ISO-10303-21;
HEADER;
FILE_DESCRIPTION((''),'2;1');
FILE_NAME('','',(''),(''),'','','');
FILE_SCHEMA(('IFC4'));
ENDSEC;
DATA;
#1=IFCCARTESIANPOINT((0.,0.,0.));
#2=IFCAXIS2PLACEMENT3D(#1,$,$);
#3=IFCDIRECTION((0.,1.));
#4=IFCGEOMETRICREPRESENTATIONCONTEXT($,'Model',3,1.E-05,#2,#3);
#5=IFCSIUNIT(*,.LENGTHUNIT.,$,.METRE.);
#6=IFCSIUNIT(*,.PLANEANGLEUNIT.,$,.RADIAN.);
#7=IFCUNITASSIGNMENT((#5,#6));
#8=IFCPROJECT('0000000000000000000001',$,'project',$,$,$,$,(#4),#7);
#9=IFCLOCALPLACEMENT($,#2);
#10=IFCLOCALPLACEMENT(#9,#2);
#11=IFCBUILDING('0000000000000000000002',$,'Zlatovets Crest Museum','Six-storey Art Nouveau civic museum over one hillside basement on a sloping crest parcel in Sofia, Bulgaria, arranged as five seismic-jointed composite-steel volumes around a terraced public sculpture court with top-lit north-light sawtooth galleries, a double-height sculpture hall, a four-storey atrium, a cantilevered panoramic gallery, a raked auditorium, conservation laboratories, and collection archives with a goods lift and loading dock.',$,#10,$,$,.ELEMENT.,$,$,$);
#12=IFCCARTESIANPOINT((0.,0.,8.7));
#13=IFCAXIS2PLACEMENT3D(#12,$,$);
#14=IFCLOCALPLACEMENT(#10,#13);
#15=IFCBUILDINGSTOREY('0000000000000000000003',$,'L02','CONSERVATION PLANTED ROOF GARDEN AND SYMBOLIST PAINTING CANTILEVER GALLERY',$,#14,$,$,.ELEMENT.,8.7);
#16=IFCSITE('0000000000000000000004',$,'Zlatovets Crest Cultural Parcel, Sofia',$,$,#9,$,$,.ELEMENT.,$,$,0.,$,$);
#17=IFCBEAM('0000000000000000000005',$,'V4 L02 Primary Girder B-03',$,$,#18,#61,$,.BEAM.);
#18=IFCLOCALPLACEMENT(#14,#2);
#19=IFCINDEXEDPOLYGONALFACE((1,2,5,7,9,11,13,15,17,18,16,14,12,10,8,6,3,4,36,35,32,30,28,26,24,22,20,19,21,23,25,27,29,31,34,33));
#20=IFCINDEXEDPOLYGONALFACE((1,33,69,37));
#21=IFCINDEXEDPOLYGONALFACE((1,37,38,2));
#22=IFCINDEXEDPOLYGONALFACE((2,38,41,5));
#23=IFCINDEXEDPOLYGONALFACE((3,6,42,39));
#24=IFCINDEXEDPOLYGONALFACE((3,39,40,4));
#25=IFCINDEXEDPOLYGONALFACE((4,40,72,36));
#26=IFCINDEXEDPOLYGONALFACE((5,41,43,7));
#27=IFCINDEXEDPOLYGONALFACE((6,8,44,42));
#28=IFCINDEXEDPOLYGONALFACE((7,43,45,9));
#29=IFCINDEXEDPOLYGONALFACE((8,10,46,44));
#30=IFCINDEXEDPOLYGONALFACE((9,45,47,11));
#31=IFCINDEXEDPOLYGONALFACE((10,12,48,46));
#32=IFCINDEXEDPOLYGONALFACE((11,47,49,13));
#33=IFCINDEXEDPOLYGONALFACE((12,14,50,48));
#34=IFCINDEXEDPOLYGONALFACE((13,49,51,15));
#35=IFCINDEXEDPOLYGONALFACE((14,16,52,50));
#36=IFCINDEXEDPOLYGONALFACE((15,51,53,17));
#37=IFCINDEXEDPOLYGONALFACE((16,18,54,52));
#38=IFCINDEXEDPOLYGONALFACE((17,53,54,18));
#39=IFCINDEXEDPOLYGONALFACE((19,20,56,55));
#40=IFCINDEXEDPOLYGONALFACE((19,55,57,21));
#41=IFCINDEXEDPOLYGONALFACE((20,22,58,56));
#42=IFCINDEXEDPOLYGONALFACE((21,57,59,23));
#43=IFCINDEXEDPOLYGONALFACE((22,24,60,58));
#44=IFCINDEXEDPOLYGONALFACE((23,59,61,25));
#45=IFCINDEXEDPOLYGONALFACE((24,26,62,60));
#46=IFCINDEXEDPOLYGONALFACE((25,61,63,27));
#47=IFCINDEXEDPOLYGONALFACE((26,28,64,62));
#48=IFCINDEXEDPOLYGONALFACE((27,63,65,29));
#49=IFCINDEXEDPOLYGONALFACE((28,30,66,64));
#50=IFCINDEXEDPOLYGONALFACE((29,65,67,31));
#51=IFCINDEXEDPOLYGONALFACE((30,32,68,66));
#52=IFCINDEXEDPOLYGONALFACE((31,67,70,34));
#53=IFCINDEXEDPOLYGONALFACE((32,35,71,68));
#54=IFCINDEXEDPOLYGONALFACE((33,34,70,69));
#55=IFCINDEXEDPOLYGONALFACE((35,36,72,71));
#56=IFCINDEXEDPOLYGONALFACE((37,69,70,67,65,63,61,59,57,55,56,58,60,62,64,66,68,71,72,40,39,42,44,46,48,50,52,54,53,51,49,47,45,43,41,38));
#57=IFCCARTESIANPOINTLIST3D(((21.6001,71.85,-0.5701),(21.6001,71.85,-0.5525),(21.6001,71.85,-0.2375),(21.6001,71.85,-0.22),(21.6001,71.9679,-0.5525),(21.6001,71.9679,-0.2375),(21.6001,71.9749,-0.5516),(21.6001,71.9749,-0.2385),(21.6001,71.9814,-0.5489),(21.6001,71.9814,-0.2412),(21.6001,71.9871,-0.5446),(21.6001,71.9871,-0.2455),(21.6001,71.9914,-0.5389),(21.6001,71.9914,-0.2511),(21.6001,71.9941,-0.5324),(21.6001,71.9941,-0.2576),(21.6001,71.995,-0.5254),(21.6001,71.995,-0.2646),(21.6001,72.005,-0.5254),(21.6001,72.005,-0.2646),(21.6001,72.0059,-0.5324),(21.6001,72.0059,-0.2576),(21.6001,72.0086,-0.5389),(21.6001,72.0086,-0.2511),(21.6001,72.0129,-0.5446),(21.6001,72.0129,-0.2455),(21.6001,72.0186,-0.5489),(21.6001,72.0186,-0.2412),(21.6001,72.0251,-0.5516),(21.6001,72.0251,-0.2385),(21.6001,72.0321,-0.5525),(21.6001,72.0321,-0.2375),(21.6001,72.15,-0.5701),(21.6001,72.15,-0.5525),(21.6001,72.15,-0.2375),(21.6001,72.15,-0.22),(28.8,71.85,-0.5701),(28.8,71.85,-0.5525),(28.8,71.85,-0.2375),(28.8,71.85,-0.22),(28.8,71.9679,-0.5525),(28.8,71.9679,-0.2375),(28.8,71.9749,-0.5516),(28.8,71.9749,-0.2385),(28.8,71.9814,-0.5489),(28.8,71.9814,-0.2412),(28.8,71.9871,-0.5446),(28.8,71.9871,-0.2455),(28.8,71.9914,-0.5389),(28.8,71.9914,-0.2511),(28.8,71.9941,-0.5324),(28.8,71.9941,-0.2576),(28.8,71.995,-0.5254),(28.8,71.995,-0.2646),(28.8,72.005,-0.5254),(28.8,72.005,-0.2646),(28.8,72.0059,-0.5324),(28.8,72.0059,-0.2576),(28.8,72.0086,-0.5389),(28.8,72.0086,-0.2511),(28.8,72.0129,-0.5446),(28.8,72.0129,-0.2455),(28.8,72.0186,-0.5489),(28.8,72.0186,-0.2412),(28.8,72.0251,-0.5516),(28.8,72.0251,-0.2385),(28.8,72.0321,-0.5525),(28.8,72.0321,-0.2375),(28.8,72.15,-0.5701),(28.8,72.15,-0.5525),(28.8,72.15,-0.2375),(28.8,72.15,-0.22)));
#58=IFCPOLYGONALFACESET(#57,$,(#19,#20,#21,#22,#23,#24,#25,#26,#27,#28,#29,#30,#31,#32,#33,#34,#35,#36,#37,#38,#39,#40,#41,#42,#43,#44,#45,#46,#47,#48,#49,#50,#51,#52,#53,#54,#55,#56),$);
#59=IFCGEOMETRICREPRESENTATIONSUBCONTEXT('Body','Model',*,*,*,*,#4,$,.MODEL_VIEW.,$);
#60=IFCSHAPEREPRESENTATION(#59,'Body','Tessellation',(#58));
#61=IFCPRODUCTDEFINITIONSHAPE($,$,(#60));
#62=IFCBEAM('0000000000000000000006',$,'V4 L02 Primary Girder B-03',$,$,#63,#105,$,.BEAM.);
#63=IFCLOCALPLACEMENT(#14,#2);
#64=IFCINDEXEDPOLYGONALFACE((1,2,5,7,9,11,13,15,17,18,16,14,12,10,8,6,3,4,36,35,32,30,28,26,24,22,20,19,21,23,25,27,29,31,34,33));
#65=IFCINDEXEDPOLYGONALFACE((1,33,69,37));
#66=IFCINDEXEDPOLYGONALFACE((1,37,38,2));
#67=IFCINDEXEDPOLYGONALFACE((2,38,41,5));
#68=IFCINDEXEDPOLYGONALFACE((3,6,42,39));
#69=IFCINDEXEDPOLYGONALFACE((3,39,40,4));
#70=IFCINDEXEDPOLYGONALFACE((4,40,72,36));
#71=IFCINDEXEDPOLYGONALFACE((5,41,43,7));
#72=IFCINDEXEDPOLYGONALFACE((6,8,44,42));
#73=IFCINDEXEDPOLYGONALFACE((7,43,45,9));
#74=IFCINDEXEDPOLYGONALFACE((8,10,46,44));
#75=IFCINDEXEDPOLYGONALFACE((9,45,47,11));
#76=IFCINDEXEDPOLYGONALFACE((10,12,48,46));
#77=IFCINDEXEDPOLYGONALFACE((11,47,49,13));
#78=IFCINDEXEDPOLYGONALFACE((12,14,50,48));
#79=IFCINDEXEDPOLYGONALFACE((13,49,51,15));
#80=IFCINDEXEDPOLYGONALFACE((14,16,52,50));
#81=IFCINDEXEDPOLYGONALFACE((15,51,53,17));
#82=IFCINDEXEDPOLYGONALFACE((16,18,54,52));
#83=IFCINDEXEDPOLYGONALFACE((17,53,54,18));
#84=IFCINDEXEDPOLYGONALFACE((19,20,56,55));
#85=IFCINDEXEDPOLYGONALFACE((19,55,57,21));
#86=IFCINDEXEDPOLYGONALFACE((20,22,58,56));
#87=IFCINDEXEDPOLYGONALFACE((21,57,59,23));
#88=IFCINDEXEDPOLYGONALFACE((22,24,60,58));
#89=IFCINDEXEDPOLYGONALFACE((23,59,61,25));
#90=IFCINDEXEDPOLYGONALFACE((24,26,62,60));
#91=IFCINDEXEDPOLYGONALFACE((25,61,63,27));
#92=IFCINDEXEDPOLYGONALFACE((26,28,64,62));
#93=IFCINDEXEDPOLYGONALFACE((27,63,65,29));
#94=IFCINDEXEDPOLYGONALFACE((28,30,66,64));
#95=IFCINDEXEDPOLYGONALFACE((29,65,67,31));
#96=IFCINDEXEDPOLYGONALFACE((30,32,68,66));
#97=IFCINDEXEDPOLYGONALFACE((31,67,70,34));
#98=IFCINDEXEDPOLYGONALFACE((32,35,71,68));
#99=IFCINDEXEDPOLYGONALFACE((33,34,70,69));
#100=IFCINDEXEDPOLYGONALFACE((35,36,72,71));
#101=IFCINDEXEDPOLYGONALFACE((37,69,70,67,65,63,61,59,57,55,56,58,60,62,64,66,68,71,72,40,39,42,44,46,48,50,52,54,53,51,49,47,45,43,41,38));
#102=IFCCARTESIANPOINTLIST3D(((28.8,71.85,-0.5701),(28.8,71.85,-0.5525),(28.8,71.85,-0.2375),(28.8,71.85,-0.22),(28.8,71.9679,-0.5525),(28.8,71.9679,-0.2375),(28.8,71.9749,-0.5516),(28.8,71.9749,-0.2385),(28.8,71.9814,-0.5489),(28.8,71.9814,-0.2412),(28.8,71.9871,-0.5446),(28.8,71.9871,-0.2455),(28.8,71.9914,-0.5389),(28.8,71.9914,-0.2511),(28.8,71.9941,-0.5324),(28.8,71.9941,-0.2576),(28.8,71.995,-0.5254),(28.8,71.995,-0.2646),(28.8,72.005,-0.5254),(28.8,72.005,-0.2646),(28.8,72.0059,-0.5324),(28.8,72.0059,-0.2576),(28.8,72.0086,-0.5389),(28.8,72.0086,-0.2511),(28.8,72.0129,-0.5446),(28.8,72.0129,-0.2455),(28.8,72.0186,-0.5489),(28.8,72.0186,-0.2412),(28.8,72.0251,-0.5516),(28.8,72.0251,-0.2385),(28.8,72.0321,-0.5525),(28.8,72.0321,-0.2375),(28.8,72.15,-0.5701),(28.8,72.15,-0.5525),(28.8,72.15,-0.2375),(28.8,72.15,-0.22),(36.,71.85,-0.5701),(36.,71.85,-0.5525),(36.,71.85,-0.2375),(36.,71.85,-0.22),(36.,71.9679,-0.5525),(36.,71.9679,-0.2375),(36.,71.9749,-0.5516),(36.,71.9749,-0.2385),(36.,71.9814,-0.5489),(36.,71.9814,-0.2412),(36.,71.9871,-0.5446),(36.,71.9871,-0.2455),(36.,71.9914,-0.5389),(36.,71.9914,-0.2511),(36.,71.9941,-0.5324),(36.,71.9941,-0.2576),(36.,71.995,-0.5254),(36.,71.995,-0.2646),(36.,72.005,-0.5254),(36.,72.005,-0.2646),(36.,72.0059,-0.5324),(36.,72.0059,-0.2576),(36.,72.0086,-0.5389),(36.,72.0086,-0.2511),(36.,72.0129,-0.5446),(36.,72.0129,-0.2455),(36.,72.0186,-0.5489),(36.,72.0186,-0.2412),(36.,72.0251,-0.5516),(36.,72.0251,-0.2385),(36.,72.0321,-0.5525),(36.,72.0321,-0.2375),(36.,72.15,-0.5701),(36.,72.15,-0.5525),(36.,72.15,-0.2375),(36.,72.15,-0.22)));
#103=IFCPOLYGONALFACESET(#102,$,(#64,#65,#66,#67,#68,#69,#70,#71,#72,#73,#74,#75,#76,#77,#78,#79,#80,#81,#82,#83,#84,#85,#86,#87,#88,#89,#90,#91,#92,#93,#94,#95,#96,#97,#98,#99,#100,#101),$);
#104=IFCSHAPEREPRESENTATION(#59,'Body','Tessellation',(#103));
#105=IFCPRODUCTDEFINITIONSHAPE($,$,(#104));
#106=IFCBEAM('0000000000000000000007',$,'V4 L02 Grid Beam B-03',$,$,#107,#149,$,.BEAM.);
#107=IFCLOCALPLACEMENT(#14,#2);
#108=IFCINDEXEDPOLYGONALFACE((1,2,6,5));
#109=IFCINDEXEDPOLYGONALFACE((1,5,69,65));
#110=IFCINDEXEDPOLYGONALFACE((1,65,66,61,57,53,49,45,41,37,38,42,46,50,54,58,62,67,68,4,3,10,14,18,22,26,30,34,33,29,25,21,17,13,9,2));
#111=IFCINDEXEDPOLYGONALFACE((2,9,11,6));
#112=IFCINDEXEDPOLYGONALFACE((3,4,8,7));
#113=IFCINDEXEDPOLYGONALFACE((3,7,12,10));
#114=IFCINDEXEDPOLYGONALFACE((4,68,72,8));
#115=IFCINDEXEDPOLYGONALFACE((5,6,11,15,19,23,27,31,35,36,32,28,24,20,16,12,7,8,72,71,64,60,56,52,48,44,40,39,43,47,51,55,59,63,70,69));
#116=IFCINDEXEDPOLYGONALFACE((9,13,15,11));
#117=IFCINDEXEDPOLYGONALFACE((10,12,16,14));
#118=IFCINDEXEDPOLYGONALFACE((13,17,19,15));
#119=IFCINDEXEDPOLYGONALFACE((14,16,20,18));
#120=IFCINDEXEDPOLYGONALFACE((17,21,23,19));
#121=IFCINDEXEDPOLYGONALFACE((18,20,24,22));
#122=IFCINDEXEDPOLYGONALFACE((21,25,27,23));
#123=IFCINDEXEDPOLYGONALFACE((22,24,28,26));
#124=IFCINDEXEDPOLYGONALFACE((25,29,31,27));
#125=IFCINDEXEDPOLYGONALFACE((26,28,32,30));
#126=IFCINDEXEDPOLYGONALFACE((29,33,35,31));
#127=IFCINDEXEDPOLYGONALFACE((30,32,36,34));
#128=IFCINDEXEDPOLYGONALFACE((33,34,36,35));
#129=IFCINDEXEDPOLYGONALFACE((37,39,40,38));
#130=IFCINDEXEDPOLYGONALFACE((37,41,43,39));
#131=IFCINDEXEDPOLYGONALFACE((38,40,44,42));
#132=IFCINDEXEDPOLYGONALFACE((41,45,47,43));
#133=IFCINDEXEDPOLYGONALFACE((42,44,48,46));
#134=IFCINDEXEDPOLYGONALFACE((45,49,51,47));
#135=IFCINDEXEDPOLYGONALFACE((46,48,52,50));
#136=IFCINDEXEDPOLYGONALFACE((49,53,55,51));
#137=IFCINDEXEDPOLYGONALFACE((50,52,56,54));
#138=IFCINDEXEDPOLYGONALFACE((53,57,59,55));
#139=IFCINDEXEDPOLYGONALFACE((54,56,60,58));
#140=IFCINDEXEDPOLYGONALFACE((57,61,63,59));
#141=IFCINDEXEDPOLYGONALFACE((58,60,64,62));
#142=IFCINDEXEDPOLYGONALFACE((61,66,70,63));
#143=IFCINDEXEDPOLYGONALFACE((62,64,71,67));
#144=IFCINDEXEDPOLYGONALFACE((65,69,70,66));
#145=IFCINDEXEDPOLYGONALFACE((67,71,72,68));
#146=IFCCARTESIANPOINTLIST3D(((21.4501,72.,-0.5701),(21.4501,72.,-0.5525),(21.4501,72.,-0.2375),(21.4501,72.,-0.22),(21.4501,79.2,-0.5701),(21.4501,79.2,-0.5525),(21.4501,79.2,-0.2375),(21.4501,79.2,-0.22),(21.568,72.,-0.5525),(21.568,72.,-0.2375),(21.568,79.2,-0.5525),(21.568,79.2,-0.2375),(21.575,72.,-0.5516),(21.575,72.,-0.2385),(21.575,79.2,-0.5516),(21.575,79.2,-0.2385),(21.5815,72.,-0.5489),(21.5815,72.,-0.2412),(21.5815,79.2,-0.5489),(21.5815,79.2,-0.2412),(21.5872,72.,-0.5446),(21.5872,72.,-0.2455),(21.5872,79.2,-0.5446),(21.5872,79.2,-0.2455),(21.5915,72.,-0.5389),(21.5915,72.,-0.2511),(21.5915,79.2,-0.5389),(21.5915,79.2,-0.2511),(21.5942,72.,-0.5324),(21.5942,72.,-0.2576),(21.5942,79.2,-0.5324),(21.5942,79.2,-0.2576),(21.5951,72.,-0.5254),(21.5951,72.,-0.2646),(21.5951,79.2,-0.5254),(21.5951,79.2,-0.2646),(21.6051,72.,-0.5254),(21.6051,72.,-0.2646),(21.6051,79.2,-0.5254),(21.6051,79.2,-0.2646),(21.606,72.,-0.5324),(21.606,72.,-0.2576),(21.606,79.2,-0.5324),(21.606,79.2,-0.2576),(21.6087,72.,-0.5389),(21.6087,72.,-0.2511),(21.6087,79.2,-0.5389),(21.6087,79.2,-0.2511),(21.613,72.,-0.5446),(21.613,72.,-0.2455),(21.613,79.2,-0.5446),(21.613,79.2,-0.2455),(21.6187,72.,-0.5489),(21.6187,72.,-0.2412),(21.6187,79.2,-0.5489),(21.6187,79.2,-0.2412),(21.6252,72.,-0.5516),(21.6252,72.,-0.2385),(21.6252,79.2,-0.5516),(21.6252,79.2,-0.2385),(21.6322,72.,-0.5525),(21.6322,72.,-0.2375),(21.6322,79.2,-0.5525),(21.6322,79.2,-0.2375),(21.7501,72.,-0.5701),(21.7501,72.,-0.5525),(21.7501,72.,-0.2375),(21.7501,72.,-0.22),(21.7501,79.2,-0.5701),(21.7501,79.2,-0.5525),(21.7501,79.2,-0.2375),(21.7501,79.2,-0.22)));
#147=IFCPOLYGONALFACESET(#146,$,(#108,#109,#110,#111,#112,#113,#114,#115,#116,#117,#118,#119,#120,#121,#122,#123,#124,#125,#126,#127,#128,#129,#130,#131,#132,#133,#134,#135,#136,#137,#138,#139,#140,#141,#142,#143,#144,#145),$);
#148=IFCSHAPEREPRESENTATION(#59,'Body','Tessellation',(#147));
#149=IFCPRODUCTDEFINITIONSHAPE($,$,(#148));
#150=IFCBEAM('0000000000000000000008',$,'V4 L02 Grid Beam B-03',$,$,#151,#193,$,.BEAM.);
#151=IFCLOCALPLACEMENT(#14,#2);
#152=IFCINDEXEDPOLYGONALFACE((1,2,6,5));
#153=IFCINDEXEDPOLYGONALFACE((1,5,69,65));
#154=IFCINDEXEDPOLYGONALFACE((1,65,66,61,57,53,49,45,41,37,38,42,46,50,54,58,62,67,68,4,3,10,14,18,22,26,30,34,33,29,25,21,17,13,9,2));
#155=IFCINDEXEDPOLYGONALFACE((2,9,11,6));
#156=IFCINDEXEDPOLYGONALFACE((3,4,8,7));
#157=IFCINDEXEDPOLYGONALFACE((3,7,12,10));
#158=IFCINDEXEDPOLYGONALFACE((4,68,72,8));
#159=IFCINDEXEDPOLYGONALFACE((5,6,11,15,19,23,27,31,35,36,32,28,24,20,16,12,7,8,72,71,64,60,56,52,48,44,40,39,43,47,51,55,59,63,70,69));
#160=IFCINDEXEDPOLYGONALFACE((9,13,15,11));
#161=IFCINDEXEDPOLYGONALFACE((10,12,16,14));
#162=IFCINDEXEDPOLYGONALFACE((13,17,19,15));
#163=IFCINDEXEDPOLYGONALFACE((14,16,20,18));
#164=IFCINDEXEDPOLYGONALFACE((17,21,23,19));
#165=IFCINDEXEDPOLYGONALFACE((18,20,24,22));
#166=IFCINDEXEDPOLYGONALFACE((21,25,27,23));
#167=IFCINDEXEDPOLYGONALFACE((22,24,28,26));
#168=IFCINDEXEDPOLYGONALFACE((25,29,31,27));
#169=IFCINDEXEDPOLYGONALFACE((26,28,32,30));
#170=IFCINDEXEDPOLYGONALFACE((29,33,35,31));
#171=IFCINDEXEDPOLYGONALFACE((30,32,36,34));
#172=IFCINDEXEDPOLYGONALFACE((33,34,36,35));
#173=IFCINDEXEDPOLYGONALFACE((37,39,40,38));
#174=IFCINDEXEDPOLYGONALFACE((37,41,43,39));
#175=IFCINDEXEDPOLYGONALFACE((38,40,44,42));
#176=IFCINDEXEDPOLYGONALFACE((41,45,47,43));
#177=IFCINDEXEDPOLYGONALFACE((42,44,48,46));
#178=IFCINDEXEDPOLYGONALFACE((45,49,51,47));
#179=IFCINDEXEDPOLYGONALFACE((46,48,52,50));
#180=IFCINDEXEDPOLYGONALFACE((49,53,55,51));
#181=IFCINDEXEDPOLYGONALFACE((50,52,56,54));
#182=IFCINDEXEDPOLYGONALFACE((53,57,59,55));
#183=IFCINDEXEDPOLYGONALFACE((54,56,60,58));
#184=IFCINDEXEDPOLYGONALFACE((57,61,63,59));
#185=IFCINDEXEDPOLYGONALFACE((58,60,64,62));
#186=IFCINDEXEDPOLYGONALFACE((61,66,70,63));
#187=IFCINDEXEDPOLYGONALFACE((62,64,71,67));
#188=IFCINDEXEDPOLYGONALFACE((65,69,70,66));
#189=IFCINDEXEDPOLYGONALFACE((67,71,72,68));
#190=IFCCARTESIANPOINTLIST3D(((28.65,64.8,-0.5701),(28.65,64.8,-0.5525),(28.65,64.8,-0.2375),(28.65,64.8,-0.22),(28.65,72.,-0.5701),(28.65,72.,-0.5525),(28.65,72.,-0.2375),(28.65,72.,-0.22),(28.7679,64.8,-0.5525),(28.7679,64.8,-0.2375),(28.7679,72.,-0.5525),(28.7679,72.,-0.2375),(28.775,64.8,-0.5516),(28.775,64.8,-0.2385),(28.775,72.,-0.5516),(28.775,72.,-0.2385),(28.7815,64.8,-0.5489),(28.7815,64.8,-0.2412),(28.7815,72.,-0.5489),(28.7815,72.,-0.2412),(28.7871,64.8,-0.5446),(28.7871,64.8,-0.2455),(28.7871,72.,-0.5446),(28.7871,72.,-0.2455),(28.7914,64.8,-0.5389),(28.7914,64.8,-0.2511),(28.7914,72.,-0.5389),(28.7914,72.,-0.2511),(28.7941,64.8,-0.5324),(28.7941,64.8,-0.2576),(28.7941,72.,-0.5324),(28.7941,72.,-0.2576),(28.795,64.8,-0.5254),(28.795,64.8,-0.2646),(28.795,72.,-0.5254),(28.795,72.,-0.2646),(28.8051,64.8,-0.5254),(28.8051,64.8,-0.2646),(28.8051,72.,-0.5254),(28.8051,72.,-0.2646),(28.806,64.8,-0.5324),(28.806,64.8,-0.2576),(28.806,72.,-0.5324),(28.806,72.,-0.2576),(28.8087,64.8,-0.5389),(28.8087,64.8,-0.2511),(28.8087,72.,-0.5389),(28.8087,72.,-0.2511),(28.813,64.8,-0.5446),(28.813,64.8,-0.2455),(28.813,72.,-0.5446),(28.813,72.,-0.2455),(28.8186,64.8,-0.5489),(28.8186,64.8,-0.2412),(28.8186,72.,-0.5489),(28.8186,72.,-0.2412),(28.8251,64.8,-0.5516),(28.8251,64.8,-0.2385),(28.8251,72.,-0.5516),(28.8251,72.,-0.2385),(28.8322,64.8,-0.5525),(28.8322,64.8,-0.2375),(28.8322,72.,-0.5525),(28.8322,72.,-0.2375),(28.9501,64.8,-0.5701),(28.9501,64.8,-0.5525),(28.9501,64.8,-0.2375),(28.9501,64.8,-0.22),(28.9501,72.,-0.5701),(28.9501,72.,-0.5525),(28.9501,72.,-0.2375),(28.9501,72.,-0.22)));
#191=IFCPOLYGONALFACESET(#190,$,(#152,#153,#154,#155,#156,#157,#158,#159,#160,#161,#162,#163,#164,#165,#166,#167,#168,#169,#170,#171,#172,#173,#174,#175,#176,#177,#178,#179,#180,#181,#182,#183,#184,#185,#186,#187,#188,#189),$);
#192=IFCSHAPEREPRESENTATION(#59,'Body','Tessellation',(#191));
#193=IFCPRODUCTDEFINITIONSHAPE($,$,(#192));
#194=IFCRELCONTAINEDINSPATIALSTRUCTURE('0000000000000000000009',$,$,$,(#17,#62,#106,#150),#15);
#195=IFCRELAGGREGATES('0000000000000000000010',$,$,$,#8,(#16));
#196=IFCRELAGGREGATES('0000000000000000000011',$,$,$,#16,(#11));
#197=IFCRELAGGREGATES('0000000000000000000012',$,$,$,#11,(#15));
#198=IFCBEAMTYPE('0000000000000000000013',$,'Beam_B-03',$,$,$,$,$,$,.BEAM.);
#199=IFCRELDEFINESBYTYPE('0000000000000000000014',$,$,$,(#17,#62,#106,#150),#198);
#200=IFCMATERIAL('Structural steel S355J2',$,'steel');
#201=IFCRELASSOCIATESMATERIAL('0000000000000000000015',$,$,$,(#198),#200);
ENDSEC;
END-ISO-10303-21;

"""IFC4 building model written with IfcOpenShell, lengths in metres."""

from ifc_helpers import new_model, si_unit, direction, frame, origin, origin_2d, place, context, subcontext, project, spatial, i_section, extrude, material, material_profile, profile_set, type_object, element, save


model = new_model("IFC4")

# Units and contexts
model_context = context("Model", 3, precision=1e-05, world=origin(), true_north=direction((0.0, 1.0)))
body_context = subcontext(model_context, "Body", "Model", "MODEL_VIEW")
ifc_project = project(units=[si_unit("LENGTHUNIT", "METRE"), si_unit("PLANEANGLEUNIT", "RADIAN")], contexts=[model_context])

# Site, building, storey
site_placement = place(None, origin())
site = spatial("IfcSite", under=ifc_project, at=site_placement, Name="Zlatovets Crest Cultural Parcel, Sofia", CompositionType="ELEMENT", RefElevation=0.0)
building_placement = place(site_placement, origin())
building = spatial("IfcBuilding", under=site, at=building_placement, Name="Zlatovets Crest Museum", Description="Six-storey Art Nouveau civic museum over one hillside basement on a sloping crest parcel in Sofia, Bulgaria, arranged as five seismic-jointed composite-steel volumes around a terraced public sculpture court with top-lit north-light sawtooth galleries, a double-height sculpture hall, a four-storey atrium, a cantilevered panoramic gallery, a raked auditorium, conservation laboratories, and collection archives with a goods lift and loading dock.", CompositionType="ELEMENT")
storey_placement = place(building_placement, frame((0.0, 0.0, 8.7)))
storey = spatial("IfcBuildingStorey", under=building, at=storey_placement, Name="L02", Description="CONSERVATION PLANTED ROOF GARDEN AND SYMBOLIST PAINTING CANTILEVER GALLERY", CompositionType="ELEMENT", Elevation=8.7)

# Shared definitions
ifc_material_1 = material(Name="Structural steel S355J2", Category="steel")

# Beams
ifc_material_profile_1 = material_profile(ifc_material_1, i_section(OverallWidth=0.3, OverallDepth=0.3501, WebThickness=0.01, FlangeThickness=0.0176, FilletRadius=0.0271, at=origin_2d()), Name="HEA 360")
ifc_profile_set_1 = profile_set([ifc_material_profile_1], Name="Structural steel S355J2")
beam_type_1 = type_object("IfcBeamType", Name="Beam_B-03", PredefinedType="BEAM", material=ifc_profile_set_1)
for number, where, z_axis, x_axis, name in (
    (1, (21.6001, 72.0, -0.395), (1.0, 0.0, 0.0), (0.0, 1.0, 0.0), "V4 L02 Primary Girder B-03"),
    (2, (28.8, 72.0, -0.395), (1.0, 0.0, 0.0), (0.0, 1.0, 0.0), "V4 L02 Primary Girder B-03"),
    (3, (21.6001, 72.0, -0.395), (0.0, 1.0, 0.0), (-1.0, 0.0, 0.0), "V4 L02 Grid Beam B-03"),
    (4, (28.8, 64.8, -0.395), (0.0, 1.0, 0.0), (-1.0, 0.0, 0.0), "V4 L02 Grid Beam B-03"),
):
    element("IfcBeam", number, at=place(storey_placement, frame(where, z_axis=z_axis, x_axis=x_axis)), inside=storey, type_object=beam_type_1, Name=name, PredefinedType="BEAM", context=body_context, shape_type="SweptSolid", body=[
        extrude(i_section(OverallWidth=0.3, OverallDepth=0.3501, WebThickness=0.01, FlangeThickness=0.0176, FilletRadius=0.0271, at=origin_2d()), origin(), (0.0, 0.0, 1.0), 7.2),
    ])

save(model, "model.ifc")
